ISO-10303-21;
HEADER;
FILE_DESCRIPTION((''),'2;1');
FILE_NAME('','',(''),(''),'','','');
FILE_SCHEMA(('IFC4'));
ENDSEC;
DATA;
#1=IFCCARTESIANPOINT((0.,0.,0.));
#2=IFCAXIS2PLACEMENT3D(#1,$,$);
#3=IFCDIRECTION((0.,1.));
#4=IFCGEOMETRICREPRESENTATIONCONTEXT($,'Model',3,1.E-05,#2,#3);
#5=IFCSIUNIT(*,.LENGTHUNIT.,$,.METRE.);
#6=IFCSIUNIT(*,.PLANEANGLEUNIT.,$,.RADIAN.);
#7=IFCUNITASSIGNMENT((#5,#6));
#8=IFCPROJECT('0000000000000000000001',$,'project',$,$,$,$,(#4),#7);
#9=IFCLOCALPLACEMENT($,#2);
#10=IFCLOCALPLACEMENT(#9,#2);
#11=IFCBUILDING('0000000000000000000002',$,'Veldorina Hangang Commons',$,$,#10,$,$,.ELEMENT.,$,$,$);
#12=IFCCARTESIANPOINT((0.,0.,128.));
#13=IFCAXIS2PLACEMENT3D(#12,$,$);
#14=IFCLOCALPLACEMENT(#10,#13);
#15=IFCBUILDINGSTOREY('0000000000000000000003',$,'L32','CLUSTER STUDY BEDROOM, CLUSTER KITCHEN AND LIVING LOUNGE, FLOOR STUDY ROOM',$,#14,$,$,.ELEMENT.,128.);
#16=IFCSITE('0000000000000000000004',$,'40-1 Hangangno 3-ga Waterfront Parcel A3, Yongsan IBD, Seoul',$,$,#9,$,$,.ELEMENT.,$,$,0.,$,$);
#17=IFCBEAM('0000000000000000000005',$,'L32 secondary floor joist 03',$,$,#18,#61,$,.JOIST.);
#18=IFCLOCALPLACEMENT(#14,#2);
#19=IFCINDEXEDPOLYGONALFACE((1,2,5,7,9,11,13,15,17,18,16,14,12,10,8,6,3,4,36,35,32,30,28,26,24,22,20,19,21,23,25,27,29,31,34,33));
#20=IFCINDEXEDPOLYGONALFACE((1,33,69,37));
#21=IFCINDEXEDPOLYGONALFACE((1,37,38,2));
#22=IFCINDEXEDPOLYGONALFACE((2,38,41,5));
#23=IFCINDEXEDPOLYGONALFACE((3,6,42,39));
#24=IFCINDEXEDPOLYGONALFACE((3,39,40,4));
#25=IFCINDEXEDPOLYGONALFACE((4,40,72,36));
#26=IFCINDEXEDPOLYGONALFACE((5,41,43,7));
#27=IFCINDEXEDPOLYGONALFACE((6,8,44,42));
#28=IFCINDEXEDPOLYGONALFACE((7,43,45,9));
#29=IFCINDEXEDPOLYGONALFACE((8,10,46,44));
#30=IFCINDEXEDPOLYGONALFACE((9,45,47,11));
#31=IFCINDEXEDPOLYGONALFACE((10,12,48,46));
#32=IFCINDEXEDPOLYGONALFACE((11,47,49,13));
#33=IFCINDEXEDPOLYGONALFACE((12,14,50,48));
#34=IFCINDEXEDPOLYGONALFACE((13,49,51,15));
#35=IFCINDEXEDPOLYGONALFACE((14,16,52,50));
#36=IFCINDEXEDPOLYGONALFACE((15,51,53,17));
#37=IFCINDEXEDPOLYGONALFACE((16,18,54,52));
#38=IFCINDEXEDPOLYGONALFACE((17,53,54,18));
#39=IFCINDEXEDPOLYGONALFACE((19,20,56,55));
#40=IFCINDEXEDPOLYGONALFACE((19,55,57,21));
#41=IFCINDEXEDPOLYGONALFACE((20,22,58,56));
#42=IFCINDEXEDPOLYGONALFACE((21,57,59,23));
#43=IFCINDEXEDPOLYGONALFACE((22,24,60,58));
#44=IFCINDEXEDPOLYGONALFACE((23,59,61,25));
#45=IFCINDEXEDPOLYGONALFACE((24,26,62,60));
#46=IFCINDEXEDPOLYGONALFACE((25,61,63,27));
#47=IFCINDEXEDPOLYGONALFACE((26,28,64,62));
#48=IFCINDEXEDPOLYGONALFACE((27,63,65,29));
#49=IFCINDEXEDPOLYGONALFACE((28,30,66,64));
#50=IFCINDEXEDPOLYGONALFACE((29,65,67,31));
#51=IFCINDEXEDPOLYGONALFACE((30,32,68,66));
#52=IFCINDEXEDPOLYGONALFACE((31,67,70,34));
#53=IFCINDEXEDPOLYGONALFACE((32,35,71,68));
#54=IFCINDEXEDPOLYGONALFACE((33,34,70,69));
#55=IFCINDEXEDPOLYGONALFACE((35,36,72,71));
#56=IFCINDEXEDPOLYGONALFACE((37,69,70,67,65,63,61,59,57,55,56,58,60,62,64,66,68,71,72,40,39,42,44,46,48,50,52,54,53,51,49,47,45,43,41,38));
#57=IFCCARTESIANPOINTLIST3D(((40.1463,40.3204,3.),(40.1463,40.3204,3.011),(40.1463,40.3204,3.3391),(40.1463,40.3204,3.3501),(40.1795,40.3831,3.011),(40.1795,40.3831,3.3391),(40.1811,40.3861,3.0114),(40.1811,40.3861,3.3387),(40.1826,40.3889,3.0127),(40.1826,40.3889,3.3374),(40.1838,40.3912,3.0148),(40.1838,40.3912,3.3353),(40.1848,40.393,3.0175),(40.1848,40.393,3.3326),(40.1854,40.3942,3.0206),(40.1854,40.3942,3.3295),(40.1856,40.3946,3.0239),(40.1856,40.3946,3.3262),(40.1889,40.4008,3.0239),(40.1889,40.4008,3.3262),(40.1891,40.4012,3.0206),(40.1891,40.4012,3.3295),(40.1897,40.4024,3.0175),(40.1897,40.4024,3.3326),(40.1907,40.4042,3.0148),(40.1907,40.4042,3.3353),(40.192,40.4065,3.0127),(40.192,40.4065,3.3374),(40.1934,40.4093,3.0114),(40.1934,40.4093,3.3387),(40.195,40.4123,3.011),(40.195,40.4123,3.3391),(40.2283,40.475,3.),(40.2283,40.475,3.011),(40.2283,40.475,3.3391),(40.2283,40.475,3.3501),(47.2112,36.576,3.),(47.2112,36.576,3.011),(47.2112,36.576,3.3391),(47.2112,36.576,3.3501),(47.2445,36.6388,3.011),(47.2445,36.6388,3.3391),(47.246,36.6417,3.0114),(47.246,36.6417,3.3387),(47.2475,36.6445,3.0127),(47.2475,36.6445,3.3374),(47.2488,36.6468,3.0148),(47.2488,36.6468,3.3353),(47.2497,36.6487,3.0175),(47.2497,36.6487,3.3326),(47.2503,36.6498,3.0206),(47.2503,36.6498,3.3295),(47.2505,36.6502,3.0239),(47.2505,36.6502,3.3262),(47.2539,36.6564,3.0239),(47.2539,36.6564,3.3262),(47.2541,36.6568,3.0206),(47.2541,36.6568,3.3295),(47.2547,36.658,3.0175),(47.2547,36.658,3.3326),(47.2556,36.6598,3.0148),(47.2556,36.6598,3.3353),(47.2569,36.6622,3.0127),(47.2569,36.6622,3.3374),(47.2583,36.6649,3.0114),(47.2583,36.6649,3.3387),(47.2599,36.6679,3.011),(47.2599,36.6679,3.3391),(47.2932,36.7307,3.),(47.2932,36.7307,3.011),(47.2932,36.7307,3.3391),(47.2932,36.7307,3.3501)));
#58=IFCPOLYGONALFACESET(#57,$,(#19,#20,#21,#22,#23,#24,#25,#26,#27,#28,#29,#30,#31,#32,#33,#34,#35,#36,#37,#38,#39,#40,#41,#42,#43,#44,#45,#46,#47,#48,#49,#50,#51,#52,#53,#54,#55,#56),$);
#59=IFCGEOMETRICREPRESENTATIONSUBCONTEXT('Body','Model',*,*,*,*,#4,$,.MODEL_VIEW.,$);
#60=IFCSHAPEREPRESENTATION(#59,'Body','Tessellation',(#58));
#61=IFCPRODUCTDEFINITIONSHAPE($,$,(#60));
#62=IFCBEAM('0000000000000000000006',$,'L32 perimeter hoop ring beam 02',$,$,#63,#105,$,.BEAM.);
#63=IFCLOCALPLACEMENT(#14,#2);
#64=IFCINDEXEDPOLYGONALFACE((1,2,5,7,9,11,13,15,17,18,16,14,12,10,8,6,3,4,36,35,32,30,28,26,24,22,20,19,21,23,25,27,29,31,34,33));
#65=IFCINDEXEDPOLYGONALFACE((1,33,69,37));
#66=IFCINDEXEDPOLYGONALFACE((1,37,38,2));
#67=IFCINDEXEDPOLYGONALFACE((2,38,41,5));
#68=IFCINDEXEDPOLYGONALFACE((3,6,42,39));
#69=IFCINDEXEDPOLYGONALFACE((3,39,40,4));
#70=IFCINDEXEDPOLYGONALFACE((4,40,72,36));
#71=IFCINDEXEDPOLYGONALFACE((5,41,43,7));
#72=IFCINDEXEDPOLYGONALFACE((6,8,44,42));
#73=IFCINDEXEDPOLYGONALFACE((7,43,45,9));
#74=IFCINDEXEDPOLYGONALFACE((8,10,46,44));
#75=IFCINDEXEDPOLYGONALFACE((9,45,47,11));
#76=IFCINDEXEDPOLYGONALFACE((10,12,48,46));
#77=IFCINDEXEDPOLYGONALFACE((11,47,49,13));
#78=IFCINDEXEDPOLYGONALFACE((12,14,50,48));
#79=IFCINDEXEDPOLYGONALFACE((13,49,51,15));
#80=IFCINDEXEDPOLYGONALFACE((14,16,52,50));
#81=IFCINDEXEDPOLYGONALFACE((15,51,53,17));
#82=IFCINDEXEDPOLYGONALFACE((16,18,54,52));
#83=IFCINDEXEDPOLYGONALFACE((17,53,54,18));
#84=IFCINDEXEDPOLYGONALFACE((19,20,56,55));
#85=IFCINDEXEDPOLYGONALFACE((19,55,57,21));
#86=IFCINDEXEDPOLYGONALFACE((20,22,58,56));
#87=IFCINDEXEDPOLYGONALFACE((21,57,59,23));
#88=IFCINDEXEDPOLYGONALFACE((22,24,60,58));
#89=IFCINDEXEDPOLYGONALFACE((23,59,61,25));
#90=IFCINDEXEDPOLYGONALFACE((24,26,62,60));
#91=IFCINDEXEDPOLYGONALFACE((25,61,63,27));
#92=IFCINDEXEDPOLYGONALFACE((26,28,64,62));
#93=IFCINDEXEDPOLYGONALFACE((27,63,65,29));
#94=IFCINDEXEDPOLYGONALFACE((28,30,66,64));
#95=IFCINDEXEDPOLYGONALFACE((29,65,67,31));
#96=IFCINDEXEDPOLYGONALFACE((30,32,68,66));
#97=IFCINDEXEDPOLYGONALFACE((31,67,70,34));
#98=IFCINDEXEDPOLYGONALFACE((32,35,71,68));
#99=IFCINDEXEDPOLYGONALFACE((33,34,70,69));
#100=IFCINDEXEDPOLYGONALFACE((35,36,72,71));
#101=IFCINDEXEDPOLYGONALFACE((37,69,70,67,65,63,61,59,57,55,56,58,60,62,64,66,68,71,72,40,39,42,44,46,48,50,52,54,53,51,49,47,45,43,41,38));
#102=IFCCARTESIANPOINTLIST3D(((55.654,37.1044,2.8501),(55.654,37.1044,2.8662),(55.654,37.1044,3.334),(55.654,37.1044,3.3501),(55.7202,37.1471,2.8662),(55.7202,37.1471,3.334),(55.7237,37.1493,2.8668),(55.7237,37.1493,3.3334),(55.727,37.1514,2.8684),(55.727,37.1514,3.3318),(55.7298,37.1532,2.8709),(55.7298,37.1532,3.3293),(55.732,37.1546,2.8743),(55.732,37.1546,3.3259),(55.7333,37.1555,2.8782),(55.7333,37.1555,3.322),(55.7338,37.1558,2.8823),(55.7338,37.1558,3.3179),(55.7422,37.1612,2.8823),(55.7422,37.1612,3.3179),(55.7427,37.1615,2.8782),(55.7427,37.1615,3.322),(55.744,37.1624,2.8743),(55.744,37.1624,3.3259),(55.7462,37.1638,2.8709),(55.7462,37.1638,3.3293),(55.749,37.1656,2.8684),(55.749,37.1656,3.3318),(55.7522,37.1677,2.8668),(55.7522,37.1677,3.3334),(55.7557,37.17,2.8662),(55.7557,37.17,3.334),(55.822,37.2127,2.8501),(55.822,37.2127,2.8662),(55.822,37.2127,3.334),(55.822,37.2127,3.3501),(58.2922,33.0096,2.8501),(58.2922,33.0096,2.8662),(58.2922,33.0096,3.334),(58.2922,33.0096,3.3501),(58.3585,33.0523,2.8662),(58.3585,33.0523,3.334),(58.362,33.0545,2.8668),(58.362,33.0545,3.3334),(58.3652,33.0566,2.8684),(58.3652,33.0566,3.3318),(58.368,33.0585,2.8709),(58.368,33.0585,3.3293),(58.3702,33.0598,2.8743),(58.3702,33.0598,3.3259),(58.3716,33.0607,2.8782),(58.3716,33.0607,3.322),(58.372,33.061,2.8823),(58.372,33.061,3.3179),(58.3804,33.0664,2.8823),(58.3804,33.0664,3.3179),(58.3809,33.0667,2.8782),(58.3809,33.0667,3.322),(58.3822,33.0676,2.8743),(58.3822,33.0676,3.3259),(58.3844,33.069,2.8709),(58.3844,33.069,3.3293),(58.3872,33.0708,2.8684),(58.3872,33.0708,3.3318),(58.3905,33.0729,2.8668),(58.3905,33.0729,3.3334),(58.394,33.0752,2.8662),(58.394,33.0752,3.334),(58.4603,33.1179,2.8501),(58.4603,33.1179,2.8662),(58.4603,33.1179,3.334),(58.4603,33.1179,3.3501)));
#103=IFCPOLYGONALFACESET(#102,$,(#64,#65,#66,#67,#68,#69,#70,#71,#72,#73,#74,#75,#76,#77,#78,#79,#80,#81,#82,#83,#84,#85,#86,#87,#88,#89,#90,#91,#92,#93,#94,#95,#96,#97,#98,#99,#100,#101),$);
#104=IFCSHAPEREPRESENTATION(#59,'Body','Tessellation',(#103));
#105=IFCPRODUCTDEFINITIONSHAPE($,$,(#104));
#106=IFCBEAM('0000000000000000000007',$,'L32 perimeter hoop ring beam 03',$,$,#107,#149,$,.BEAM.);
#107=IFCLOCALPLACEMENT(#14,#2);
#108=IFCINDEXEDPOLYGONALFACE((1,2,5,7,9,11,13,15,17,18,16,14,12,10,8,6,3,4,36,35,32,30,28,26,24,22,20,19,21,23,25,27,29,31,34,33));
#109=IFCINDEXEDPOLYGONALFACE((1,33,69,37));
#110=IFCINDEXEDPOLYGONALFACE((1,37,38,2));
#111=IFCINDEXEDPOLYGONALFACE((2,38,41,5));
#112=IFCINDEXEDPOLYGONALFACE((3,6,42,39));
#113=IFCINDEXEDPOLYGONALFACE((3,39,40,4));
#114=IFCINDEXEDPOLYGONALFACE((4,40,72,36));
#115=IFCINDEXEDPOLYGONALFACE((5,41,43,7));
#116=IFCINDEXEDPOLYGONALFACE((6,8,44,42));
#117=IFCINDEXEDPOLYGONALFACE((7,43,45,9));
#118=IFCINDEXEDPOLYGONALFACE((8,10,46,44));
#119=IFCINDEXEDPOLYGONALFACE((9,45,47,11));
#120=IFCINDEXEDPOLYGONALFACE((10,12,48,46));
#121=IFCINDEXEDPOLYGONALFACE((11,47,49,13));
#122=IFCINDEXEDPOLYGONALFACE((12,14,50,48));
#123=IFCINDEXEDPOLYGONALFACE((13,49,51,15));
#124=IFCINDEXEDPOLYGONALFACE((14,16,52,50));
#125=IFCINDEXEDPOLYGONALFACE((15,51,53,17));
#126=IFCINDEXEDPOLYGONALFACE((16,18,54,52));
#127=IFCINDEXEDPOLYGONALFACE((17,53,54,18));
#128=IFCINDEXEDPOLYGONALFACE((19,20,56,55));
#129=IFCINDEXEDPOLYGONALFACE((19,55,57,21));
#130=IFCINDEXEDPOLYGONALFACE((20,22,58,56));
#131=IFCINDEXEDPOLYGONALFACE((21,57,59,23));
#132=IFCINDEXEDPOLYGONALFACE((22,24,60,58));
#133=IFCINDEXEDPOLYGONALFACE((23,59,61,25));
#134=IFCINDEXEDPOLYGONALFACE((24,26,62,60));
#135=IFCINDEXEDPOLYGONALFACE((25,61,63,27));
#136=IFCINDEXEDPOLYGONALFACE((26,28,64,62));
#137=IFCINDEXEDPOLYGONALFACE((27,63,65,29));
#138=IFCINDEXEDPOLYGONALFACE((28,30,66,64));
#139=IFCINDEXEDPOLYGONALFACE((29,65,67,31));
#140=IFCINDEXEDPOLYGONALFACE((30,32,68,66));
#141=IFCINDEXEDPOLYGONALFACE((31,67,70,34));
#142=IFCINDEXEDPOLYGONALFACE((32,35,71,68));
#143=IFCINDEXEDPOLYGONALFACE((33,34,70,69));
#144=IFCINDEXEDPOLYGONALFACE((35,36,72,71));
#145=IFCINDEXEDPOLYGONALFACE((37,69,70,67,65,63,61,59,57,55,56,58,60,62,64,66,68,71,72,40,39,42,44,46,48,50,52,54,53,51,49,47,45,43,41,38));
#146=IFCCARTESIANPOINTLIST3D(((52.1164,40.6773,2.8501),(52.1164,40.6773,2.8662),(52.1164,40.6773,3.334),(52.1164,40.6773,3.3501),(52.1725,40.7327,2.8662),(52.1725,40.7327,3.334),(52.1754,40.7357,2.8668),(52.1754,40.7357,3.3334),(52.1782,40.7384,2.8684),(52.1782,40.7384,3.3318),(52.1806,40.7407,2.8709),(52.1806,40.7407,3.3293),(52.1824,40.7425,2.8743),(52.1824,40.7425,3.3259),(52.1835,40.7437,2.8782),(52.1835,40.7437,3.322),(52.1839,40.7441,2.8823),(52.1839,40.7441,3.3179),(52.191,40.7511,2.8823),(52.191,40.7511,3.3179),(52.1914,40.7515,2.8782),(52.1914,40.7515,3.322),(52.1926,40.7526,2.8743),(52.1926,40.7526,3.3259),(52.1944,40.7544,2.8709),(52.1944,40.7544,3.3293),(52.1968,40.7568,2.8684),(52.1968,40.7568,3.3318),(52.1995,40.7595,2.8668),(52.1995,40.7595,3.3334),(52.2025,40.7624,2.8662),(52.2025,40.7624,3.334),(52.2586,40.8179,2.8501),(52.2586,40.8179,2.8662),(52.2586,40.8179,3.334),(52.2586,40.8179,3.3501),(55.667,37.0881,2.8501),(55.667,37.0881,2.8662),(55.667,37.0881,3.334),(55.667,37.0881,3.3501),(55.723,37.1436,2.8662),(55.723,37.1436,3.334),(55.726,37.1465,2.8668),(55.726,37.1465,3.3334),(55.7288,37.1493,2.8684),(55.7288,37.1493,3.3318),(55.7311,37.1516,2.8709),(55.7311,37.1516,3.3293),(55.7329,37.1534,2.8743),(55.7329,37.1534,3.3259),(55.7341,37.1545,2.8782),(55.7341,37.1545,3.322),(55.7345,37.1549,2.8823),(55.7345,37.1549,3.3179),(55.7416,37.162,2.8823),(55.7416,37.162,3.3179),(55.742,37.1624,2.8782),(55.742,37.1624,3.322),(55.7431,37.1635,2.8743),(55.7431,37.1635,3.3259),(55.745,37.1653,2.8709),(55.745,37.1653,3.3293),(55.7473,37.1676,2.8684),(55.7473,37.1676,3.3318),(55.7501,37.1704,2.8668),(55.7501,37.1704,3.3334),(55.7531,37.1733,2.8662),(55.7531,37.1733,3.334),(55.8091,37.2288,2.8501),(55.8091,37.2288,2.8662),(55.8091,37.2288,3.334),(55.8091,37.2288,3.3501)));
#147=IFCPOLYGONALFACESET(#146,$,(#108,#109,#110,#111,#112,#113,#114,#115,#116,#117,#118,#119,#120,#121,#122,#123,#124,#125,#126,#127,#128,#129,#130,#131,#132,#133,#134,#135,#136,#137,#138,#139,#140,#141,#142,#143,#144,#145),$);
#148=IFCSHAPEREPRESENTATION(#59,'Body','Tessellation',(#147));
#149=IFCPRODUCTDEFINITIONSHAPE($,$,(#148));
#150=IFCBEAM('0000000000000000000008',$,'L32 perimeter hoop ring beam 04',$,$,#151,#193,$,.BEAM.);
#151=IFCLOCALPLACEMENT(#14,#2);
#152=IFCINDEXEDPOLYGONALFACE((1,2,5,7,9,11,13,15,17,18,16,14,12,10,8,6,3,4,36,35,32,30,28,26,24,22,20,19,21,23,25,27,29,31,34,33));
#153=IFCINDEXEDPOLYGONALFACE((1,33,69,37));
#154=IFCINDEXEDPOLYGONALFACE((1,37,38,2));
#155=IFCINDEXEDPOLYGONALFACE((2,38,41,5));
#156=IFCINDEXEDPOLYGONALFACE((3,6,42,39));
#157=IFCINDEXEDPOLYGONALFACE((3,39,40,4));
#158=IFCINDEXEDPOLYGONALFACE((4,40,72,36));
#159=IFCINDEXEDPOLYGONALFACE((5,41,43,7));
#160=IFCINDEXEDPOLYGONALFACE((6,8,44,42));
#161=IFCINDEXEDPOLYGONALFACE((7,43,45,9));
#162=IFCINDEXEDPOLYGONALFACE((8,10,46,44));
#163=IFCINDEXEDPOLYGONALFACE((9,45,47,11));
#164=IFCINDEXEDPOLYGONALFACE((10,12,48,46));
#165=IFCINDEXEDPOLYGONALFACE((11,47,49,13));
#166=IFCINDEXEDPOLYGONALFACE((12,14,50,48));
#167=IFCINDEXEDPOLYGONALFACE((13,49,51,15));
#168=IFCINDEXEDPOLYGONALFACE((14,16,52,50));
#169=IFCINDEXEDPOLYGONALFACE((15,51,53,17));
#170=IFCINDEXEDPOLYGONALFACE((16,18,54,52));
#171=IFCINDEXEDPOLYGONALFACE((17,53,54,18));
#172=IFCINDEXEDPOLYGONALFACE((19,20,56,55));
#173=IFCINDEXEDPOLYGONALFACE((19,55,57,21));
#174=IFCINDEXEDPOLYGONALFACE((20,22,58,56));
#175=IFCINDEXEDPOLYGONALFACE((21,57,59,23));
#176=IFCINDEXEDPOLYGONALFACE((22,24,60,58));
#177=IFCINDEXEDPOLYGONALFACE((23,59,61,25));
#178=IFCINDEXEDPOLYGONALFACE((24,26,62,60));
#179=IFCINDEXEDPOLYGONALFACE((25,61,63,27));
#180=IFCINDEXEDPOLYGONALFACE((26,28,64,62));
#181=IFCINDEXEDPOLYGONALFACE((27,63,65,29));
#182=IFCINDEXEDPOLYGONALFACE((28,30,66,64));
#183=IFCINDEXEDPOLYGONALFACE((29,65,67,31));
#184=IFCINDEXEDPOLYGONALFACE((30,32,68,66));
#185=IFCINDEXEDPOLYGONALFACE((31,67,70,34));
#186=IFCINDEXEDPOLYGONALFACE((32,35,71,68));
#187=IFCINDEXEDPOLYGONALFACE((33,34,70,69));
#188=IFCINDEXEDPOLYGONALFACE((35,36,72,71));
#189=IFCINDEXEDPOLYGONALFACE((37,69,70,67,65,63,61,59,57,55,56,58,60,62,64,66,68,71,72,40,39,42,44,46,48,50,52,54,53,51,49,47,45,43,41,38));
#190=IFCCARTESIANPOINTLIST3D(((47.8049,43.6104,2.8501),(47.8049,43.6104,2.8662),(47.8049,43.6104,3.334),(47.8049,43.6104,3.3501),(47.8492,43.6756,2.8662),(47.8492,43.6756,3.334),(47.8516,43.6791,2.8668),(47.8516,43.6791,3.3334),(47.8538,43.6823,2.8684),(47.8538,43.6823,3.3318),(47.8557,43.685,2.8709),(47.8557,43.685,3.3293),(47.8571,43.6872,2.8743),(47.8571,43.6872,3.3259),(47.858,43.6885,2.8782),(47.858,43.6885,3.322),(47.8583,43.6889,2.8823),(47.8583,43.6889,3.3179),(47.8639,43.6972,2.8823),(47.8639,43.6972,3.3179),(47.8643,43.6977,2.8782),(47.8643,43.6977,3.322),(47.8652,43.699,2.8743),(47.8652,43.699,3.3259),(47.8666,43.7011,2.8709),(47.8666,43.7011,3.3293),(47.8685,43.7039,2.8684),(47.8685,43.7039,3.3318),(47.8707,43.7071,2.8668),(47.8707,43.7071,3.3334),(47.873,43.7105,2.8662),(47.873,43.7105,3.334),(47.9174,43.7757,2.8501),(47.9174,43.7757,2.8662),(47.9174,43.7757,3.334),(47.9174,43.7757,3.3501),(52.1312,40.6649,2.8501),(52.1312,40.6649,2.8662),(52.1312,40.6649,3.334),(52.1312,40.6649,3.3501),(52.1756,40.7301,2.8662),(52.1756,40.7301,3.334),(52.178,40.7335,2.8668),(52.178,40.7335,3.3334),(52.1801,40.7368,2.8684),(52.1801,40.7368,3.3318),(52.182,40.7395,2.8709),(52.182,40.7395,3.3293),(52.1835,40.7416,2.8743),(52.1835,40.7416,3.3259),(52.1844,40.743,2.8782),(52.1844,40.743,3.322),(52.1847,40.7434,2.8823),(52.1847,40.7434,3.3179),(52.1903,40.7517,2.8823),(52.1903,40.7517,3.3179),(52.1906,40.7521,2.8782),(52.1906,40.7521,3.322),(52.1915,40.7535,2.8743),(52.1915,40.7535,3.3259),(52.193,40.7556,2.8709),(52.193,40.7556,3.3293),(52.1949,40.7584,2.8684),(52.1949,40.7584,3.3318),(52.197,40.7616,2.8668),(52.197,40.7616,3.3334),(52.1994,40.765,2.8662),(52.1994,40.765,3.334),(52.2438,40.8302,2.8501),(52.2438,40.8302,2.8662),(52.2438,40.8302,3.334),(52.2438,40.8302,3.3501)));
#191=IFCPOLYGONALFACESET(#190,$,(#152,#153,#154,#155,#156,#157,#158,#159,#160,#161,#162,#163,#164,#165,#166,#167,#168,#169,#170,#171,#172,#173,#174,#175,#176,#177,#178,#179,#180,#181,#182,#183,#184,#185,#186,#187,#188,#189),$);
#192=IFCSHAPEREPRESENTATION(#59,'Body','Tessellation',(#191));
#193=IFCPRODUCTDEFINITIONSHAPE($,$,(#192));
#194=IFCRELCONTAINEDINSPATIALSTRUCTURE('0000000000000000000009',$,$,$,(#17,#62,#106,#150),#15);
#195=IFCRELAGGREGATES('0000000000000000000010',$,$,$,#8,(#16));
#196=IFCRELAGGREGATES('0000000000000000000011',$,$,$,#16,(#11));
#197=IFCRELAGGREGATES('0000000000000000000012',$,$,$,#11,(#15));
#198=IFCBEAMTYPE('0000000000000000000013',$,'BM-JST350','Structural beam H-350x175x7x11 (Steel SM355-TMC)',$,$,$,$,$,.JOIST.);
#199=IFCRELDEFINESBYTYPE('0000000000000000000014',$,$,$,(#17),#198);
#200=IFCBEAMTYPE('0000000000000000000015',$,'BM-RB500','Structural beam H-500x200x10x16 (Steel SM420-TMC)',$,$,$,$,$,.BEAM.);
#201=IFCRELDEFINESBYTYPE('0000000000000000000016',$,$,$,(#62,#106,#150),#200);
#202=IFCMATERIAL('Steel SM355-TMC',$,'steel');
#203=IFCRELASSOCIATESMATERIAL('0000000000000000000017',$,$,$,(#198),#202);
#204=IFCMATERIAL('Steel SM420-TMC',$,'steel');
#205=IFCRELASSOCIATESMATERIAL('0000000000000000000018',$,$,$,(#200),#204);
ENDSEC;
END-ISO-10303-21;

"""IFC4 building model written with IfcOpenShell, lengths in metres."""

from ifc_helpers import new_model, si_unit, direction, frame, origin, origin_2d, place, context, subcontext, project, spatial, i_section, extrude, material, material_profile, profile_set, type_object, element, save


model = new_model("IFC4")

# Units and contexts
model_context = context("Model", 3, precision=1e-05, world=origin(), true_north=direction((0.0, 1.0)))
body_context = subcontext(model_context, "Body", "Model", "MODEL_VIEW")
ifc_project = project(units=[si_unit("LENGTHUNIT", "METRE"), si_unit("PLANEANGLEUNIT", "RADIAN")], contexts=[model_context])

# Site, building, storey
site_placement = place(None, origin())
site = spatial("IfcSite", under=ifc_project, at=site_placement, Name="40-1 Hangangno 3-ga Waterfront Parcel A3, Yongsan IBD, Seoul", CompositionType="ELEMENT", RefElevation=0.0)
building_placement = place(site_placement, origin())
building = spatial("IfcBuilding", under=site, at=building_placement, Name="Veldorina Hangang Commons", CompositionType="ELEMENT")
storey_placement = place(building_placement, frame((0.0, 0.0, 128.0)))
storey = spatial("IfcBuildingStorey", under=building, at=storey_placement, Name="L32", Description="CLUSTER STUDY BEDROOM, CLUSTER KITCHEN AND LIVING LOUNGE, FLOOR STUDY ROOM", CompositionType="ELEMENT", Elevation=128.0)

# Beams
ifc_material_1 = material(Name="Steel SM355-TMC", Category="steel")
ifc_material_profile_1 = material_profile(ifc_material_1, i_section(OverallWidth=0.175, OverallDepth=0.3501, WebThickness=0.0071, FlangeThickness=0.011, FilletRadius=0.0129, at=origin_2d()), Name="H-350x175x7x11")
ifc_profile_set_1 = profile_set([ifc_material_profile_1], Name="Steel SM355-TMC")
beam_type_1 = type_object("IfcBeamType", Name="BM-JST350", Description="Structural beam H-350x175x7x11 (Steel SM355-TMC)", PredefinedType="JOIST", material=ifc_profile_set_1)
beam_1_placement = place(storey_placement, frame((47.2522, 36.6533, 3.175), z_axis=(-0.883575, 0.46829, 0.0), x_axis=(-0.46829, -0.883575, 0.0)))
element("IfcBeam", 1, at=beam_1_placement, inside=storey, type_object=beam_type_1, Name="L32 secondary floor joist 03", PredefinedType="JOIST", context=body_context, shape_type="SweptSolid", body=[
    extrude(i_section(OverallWidth=0.175, OverallDepth=0.3501, WebThickness=0.0071, FlangeThickness=0.011, FilletRadius=0.0129, at=origin_2d()), origin(), (0.0, 0.0, 1.0), 7.9958),
])
ifc_material_2 = material(Name="Steel SM420-TMC", Category="steel")
ifc_material_profile_2 = material_profile(ifc_material_2, i_section(OverallWidth=0.2, OverallDepth=0.5, WebThickness=0.01, FlangeThickness=0.0161, FilletRadius=0.0161, at=origin_2d()), Name="H-500x200x10x16")
ifc_profile_set_2 = profile_set([ifc_material_profile_2], Name="Steel SM420-TMC")
beam_type_2 = type_object("IfcBeamType", Name="BM-RB500", Description="Structural beam H-500x200x10x16 (Steel SM420-TMC)", PredefinedType="BEAM", material=ifc_profile_set_2)
beam_2_placement = place(storey_placement, frame((58.3762, 33.0637, 3.1001), z_axis=(-0.541608, 0.840631, 0.0), x_axis=(-0.840631, -0.541608, 0.0)))
element("IfcBeam", 2, at=beam_2_placement, inside=storey, type_object=beam_type_2, Name="L32 perimeter hoop ring beam 02", PredefinedType="BEAM", context=body_context, shape_type="SweptSolid", body=[
    extrude(i_section(OverallWidth=0.2, OverallDepth=0.5, WebThickness=0.01, FlangeThickness=0.0161, FilletRadius=0.0161, at=origin_2d()), origin(), (0.0, 0.0, 1.0), 4.8711),
])
beam_3_placement = place(storey_placement, frame((55.738, 37.1584, 3.1001), z_axis=(-0.703276, 0.710917, 0.0), x_axis=(-0.710917, -0.703276, 0.0)))
element("IfcBeam", 3, at=beam_3_placement, inside=storey, type_object=beam_type_2, Name="L32 perimeter hoop ring beam 03", PredefinedType="BEAM", context=body_context, shape_type="SweptSolid", body=[
    extrude(i_section(OverallWidth=0.2, OverallDepth=0.5, WebThickness=0.01, FlangeThickness=0.0161, FilletRadius=0.0161, at=origin_2d()), origin(), (0.0, 0.0, 1.0), 5.0486),
])
beam_4_placement = place(storey_placement, frame((52.1875, 40.7476, 3.1001), z_axis=(-0.826607, 0.562779, 0.0), x_axis=(-0.562779, -0.826607, 0.0)))
element("IfcBeam", 4, at=beam_4_placement, inside=storey, type_object=beam_type_2, Name="L32 perimeter hoop ring beam 04", PredefinedType="BEAM", context=body_context, shape_type="SweptSolid", body=[
    extrude(i_section(OverallWidth=0.2, OverallDepth=0.5, WebThickness=0.01, FlangeThickness=0.0161, FilletRadius=0.0161, at=origin_2d()), origin(), (0.0, 0.0, 1.0), 5.2339),
])

save(model, "model.ifc")
